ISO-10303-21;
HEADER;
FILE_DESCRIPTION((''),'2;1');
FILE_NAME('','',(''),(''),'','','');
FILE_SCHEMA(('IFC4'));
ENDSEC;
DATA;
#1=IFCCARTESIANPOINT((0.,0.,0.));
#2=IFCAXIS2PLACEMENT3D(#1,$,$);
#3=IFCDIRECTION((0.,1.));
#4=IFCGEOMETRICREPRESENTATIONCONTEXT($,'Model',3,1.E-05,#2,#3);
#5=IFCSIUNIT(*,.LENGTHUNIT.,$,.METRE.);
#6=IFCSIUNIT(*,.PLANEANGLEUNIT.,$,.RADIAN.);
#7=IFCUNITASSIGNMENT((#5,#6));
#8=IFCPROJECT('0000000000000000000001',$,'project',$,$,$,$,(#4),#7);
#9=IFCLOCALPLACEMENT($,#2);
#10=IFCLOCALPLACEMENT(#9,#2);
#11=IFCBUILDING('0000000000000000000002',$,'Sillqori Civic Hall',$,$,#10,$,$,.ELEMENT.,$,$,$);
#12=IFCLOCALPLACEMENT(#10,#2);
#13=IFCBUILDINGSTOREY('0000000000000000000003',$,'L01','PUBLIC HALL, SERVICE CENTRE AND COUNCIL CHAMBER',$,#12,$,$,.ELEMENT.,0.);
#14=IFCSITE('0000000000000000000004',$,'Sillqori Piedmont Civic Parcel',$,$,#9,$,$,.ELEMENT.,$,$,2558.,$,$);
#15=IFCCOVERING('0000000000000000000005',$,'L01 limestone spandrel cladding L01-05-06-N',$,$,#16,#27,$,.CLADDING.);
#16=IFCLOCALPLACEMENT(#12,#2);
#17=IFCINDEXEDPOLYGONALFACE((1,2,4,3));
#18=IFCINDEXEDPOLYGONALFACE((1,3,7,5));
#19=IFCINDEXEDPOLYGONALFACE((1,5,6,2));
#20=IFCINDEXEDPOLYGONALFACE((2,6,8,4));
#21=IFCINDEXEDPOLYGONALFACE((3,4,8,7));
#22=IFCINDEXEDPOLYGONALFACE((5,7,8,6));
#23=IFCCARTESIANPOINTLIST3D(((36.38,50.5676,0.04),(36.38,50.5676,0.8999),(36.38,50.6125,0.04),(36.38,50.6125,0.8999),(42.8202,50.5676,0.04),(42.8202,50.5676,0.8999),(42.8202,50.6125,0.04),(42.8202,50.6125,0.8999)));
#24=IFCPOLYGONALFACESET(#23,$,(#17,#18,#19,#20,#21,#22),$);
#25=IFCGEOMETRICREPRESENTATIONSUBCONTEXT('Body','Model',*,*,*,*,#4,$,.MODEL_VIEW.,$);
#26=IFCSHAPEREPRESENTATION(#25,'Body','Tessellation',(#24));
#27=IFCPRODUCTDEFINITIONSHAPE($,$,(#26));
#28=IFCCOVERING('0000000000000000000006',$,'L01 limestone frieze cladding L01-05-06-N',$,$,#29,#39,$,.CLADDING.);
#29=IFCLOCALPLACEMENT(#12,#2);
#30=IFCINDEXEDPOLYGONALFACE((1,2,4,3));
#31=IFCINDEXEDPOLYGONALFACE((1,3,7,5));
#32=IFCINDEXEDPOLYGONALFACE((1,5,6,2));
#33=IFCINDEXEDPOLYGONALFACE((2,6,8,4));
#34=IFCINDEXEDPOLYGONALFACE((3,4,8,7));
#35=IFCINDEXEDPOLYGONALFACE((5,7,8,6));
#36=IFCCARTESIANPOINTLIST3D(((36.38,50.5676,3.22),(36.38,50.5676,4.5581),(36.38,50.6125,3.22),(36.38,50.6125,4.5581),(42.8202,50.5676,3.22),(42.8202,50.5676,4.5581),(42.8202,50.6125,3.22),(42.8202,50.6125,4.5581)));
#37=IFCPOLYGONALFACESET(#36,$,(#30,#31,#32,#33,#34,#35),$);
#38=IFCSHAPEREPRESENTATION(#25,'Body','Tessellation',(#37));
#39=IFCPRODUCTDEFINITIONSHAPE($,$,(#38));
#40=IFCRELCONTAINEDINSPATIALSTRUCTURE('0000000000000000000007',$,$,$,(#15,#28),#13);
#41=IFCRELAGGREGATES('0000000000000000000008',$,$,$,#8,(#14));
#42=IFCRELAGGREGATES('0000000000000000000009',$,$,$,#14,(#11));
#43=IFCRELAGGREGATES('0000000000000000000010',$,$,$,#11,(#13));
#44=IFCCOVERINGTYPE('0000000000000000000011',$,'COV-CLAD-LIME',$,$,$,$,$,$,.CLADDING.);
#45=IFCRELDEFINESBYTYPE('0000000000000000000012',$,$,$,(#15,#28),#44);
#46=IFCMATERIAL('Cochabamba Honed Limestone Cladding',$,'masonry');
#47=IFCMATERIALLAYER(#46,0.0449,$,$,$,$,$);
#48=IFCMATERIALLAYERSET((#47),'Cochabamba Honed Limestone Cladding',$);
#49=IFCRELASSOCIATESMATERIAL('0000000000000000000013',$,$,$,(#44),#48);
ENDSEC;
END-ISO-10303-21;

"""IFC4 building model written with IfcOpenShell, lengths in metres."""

from ifc_helpers import new_model, si_unit, direction, frame, frame_2d, origin, place, context, subcontext, project, spatial, rectangle, extrude, material, layer, layer_set, type_object, element, save


model = new_model("IFC4")

# Units and contexts
model_context = context("Model", 3, precision=1e-05, world=origin(), true_north=direction((0.0, 1.0)))
body_context = subcontext(model_context, "Body", "Model", "MODEL_VIEW")
ifc_project = project(units=[si_unit("LENGTHUNIT", "METRE"), si_unit("PLANEANGLEUNIT", "RADIAN")], contexts=[model_context])

# Site, building, storey
site_placement = place(None, origin())
site = spatial("IfcSite", under=ifc_project, at=site_placement, Name="Sillqori Piedmont Civic Parcel", CompositionType="ELEMENT", RefElevation=2558.0)
building_placement = place(site_placement, origin())
building = spatial("IfcBuilding", under=site, at=building_placement, Name="Sillqori Civic Hall", CompositionType="ELEMENT")
storey_placement = place(building_placement, origin())
storey = spatial("IfcBuildingStorey", under=building, at=storey_placement, Name="L01", Description="PUBLIC HALL, SERVICE CENTRE AND COUNCIL CHAMBER", CompositionType="ELEMENT", Elevation=0.0)

# Coverings
ifc_material_1 = material(Name="Cochabamba Honed Limestone Cladding", Category="masonry")
ifc_layer_1 = layer(ifc_material_1, 0.0449)
ifc_layer_set_1 = layer_set([ifc_layer_1], Name="Cochabamba Honed Limestone Cladding")
covering_type = type_object("IfcCoveringType", Name="COV-CLAD-LIME", PredefinedType="CLADDING", material=ifc_layer_set_1)
covering_1_placement = place(storey_placement, frame((36.3799, 50.5901, 0.04), z_axis=(0.0, 0.0, 1.0), x_axis=(1.0, 0.0, 0.0)))
element("IfcCovering", 1, at=covering_1_placement, inside=storey, type_object=covering_type, Name="L01 limestone spandrel cladding L01-05-06-N", PredefinedType="CLADDING", context=body_context, shape_type="SweptSolid", body=[
    extrude(rectangle(XDim=6.4402, YDim=0.0449, at=frame_2d((3.2202, 0.0))), origin(), (0.0, 0.0, 1.0), 0.8599),
])
covering_2_placement = place(storey_placement, frame((36.3799, 50.5901, 3.22), z_axis=(0.0, 0.0, 1.0), x_axis=(1.0, 0.0, 0.0)))
element("IfcCovering", 2, at=covering_2_placement, inside=storey, type_object=covering_type, Name="L01 limestone frieze cladding L01-05-06-N", PredefinedType="CLADDING", context=body_context, shape_type="SweptSolid", body=[
    extrude(rectangle(XDim=6.4402, YDim=0.0449, at=frame_2d((3.2202, 0.0))), origin(), (0.0, 0.0, 1.0), 1.3381),
])

save(model, "model.ifc")
